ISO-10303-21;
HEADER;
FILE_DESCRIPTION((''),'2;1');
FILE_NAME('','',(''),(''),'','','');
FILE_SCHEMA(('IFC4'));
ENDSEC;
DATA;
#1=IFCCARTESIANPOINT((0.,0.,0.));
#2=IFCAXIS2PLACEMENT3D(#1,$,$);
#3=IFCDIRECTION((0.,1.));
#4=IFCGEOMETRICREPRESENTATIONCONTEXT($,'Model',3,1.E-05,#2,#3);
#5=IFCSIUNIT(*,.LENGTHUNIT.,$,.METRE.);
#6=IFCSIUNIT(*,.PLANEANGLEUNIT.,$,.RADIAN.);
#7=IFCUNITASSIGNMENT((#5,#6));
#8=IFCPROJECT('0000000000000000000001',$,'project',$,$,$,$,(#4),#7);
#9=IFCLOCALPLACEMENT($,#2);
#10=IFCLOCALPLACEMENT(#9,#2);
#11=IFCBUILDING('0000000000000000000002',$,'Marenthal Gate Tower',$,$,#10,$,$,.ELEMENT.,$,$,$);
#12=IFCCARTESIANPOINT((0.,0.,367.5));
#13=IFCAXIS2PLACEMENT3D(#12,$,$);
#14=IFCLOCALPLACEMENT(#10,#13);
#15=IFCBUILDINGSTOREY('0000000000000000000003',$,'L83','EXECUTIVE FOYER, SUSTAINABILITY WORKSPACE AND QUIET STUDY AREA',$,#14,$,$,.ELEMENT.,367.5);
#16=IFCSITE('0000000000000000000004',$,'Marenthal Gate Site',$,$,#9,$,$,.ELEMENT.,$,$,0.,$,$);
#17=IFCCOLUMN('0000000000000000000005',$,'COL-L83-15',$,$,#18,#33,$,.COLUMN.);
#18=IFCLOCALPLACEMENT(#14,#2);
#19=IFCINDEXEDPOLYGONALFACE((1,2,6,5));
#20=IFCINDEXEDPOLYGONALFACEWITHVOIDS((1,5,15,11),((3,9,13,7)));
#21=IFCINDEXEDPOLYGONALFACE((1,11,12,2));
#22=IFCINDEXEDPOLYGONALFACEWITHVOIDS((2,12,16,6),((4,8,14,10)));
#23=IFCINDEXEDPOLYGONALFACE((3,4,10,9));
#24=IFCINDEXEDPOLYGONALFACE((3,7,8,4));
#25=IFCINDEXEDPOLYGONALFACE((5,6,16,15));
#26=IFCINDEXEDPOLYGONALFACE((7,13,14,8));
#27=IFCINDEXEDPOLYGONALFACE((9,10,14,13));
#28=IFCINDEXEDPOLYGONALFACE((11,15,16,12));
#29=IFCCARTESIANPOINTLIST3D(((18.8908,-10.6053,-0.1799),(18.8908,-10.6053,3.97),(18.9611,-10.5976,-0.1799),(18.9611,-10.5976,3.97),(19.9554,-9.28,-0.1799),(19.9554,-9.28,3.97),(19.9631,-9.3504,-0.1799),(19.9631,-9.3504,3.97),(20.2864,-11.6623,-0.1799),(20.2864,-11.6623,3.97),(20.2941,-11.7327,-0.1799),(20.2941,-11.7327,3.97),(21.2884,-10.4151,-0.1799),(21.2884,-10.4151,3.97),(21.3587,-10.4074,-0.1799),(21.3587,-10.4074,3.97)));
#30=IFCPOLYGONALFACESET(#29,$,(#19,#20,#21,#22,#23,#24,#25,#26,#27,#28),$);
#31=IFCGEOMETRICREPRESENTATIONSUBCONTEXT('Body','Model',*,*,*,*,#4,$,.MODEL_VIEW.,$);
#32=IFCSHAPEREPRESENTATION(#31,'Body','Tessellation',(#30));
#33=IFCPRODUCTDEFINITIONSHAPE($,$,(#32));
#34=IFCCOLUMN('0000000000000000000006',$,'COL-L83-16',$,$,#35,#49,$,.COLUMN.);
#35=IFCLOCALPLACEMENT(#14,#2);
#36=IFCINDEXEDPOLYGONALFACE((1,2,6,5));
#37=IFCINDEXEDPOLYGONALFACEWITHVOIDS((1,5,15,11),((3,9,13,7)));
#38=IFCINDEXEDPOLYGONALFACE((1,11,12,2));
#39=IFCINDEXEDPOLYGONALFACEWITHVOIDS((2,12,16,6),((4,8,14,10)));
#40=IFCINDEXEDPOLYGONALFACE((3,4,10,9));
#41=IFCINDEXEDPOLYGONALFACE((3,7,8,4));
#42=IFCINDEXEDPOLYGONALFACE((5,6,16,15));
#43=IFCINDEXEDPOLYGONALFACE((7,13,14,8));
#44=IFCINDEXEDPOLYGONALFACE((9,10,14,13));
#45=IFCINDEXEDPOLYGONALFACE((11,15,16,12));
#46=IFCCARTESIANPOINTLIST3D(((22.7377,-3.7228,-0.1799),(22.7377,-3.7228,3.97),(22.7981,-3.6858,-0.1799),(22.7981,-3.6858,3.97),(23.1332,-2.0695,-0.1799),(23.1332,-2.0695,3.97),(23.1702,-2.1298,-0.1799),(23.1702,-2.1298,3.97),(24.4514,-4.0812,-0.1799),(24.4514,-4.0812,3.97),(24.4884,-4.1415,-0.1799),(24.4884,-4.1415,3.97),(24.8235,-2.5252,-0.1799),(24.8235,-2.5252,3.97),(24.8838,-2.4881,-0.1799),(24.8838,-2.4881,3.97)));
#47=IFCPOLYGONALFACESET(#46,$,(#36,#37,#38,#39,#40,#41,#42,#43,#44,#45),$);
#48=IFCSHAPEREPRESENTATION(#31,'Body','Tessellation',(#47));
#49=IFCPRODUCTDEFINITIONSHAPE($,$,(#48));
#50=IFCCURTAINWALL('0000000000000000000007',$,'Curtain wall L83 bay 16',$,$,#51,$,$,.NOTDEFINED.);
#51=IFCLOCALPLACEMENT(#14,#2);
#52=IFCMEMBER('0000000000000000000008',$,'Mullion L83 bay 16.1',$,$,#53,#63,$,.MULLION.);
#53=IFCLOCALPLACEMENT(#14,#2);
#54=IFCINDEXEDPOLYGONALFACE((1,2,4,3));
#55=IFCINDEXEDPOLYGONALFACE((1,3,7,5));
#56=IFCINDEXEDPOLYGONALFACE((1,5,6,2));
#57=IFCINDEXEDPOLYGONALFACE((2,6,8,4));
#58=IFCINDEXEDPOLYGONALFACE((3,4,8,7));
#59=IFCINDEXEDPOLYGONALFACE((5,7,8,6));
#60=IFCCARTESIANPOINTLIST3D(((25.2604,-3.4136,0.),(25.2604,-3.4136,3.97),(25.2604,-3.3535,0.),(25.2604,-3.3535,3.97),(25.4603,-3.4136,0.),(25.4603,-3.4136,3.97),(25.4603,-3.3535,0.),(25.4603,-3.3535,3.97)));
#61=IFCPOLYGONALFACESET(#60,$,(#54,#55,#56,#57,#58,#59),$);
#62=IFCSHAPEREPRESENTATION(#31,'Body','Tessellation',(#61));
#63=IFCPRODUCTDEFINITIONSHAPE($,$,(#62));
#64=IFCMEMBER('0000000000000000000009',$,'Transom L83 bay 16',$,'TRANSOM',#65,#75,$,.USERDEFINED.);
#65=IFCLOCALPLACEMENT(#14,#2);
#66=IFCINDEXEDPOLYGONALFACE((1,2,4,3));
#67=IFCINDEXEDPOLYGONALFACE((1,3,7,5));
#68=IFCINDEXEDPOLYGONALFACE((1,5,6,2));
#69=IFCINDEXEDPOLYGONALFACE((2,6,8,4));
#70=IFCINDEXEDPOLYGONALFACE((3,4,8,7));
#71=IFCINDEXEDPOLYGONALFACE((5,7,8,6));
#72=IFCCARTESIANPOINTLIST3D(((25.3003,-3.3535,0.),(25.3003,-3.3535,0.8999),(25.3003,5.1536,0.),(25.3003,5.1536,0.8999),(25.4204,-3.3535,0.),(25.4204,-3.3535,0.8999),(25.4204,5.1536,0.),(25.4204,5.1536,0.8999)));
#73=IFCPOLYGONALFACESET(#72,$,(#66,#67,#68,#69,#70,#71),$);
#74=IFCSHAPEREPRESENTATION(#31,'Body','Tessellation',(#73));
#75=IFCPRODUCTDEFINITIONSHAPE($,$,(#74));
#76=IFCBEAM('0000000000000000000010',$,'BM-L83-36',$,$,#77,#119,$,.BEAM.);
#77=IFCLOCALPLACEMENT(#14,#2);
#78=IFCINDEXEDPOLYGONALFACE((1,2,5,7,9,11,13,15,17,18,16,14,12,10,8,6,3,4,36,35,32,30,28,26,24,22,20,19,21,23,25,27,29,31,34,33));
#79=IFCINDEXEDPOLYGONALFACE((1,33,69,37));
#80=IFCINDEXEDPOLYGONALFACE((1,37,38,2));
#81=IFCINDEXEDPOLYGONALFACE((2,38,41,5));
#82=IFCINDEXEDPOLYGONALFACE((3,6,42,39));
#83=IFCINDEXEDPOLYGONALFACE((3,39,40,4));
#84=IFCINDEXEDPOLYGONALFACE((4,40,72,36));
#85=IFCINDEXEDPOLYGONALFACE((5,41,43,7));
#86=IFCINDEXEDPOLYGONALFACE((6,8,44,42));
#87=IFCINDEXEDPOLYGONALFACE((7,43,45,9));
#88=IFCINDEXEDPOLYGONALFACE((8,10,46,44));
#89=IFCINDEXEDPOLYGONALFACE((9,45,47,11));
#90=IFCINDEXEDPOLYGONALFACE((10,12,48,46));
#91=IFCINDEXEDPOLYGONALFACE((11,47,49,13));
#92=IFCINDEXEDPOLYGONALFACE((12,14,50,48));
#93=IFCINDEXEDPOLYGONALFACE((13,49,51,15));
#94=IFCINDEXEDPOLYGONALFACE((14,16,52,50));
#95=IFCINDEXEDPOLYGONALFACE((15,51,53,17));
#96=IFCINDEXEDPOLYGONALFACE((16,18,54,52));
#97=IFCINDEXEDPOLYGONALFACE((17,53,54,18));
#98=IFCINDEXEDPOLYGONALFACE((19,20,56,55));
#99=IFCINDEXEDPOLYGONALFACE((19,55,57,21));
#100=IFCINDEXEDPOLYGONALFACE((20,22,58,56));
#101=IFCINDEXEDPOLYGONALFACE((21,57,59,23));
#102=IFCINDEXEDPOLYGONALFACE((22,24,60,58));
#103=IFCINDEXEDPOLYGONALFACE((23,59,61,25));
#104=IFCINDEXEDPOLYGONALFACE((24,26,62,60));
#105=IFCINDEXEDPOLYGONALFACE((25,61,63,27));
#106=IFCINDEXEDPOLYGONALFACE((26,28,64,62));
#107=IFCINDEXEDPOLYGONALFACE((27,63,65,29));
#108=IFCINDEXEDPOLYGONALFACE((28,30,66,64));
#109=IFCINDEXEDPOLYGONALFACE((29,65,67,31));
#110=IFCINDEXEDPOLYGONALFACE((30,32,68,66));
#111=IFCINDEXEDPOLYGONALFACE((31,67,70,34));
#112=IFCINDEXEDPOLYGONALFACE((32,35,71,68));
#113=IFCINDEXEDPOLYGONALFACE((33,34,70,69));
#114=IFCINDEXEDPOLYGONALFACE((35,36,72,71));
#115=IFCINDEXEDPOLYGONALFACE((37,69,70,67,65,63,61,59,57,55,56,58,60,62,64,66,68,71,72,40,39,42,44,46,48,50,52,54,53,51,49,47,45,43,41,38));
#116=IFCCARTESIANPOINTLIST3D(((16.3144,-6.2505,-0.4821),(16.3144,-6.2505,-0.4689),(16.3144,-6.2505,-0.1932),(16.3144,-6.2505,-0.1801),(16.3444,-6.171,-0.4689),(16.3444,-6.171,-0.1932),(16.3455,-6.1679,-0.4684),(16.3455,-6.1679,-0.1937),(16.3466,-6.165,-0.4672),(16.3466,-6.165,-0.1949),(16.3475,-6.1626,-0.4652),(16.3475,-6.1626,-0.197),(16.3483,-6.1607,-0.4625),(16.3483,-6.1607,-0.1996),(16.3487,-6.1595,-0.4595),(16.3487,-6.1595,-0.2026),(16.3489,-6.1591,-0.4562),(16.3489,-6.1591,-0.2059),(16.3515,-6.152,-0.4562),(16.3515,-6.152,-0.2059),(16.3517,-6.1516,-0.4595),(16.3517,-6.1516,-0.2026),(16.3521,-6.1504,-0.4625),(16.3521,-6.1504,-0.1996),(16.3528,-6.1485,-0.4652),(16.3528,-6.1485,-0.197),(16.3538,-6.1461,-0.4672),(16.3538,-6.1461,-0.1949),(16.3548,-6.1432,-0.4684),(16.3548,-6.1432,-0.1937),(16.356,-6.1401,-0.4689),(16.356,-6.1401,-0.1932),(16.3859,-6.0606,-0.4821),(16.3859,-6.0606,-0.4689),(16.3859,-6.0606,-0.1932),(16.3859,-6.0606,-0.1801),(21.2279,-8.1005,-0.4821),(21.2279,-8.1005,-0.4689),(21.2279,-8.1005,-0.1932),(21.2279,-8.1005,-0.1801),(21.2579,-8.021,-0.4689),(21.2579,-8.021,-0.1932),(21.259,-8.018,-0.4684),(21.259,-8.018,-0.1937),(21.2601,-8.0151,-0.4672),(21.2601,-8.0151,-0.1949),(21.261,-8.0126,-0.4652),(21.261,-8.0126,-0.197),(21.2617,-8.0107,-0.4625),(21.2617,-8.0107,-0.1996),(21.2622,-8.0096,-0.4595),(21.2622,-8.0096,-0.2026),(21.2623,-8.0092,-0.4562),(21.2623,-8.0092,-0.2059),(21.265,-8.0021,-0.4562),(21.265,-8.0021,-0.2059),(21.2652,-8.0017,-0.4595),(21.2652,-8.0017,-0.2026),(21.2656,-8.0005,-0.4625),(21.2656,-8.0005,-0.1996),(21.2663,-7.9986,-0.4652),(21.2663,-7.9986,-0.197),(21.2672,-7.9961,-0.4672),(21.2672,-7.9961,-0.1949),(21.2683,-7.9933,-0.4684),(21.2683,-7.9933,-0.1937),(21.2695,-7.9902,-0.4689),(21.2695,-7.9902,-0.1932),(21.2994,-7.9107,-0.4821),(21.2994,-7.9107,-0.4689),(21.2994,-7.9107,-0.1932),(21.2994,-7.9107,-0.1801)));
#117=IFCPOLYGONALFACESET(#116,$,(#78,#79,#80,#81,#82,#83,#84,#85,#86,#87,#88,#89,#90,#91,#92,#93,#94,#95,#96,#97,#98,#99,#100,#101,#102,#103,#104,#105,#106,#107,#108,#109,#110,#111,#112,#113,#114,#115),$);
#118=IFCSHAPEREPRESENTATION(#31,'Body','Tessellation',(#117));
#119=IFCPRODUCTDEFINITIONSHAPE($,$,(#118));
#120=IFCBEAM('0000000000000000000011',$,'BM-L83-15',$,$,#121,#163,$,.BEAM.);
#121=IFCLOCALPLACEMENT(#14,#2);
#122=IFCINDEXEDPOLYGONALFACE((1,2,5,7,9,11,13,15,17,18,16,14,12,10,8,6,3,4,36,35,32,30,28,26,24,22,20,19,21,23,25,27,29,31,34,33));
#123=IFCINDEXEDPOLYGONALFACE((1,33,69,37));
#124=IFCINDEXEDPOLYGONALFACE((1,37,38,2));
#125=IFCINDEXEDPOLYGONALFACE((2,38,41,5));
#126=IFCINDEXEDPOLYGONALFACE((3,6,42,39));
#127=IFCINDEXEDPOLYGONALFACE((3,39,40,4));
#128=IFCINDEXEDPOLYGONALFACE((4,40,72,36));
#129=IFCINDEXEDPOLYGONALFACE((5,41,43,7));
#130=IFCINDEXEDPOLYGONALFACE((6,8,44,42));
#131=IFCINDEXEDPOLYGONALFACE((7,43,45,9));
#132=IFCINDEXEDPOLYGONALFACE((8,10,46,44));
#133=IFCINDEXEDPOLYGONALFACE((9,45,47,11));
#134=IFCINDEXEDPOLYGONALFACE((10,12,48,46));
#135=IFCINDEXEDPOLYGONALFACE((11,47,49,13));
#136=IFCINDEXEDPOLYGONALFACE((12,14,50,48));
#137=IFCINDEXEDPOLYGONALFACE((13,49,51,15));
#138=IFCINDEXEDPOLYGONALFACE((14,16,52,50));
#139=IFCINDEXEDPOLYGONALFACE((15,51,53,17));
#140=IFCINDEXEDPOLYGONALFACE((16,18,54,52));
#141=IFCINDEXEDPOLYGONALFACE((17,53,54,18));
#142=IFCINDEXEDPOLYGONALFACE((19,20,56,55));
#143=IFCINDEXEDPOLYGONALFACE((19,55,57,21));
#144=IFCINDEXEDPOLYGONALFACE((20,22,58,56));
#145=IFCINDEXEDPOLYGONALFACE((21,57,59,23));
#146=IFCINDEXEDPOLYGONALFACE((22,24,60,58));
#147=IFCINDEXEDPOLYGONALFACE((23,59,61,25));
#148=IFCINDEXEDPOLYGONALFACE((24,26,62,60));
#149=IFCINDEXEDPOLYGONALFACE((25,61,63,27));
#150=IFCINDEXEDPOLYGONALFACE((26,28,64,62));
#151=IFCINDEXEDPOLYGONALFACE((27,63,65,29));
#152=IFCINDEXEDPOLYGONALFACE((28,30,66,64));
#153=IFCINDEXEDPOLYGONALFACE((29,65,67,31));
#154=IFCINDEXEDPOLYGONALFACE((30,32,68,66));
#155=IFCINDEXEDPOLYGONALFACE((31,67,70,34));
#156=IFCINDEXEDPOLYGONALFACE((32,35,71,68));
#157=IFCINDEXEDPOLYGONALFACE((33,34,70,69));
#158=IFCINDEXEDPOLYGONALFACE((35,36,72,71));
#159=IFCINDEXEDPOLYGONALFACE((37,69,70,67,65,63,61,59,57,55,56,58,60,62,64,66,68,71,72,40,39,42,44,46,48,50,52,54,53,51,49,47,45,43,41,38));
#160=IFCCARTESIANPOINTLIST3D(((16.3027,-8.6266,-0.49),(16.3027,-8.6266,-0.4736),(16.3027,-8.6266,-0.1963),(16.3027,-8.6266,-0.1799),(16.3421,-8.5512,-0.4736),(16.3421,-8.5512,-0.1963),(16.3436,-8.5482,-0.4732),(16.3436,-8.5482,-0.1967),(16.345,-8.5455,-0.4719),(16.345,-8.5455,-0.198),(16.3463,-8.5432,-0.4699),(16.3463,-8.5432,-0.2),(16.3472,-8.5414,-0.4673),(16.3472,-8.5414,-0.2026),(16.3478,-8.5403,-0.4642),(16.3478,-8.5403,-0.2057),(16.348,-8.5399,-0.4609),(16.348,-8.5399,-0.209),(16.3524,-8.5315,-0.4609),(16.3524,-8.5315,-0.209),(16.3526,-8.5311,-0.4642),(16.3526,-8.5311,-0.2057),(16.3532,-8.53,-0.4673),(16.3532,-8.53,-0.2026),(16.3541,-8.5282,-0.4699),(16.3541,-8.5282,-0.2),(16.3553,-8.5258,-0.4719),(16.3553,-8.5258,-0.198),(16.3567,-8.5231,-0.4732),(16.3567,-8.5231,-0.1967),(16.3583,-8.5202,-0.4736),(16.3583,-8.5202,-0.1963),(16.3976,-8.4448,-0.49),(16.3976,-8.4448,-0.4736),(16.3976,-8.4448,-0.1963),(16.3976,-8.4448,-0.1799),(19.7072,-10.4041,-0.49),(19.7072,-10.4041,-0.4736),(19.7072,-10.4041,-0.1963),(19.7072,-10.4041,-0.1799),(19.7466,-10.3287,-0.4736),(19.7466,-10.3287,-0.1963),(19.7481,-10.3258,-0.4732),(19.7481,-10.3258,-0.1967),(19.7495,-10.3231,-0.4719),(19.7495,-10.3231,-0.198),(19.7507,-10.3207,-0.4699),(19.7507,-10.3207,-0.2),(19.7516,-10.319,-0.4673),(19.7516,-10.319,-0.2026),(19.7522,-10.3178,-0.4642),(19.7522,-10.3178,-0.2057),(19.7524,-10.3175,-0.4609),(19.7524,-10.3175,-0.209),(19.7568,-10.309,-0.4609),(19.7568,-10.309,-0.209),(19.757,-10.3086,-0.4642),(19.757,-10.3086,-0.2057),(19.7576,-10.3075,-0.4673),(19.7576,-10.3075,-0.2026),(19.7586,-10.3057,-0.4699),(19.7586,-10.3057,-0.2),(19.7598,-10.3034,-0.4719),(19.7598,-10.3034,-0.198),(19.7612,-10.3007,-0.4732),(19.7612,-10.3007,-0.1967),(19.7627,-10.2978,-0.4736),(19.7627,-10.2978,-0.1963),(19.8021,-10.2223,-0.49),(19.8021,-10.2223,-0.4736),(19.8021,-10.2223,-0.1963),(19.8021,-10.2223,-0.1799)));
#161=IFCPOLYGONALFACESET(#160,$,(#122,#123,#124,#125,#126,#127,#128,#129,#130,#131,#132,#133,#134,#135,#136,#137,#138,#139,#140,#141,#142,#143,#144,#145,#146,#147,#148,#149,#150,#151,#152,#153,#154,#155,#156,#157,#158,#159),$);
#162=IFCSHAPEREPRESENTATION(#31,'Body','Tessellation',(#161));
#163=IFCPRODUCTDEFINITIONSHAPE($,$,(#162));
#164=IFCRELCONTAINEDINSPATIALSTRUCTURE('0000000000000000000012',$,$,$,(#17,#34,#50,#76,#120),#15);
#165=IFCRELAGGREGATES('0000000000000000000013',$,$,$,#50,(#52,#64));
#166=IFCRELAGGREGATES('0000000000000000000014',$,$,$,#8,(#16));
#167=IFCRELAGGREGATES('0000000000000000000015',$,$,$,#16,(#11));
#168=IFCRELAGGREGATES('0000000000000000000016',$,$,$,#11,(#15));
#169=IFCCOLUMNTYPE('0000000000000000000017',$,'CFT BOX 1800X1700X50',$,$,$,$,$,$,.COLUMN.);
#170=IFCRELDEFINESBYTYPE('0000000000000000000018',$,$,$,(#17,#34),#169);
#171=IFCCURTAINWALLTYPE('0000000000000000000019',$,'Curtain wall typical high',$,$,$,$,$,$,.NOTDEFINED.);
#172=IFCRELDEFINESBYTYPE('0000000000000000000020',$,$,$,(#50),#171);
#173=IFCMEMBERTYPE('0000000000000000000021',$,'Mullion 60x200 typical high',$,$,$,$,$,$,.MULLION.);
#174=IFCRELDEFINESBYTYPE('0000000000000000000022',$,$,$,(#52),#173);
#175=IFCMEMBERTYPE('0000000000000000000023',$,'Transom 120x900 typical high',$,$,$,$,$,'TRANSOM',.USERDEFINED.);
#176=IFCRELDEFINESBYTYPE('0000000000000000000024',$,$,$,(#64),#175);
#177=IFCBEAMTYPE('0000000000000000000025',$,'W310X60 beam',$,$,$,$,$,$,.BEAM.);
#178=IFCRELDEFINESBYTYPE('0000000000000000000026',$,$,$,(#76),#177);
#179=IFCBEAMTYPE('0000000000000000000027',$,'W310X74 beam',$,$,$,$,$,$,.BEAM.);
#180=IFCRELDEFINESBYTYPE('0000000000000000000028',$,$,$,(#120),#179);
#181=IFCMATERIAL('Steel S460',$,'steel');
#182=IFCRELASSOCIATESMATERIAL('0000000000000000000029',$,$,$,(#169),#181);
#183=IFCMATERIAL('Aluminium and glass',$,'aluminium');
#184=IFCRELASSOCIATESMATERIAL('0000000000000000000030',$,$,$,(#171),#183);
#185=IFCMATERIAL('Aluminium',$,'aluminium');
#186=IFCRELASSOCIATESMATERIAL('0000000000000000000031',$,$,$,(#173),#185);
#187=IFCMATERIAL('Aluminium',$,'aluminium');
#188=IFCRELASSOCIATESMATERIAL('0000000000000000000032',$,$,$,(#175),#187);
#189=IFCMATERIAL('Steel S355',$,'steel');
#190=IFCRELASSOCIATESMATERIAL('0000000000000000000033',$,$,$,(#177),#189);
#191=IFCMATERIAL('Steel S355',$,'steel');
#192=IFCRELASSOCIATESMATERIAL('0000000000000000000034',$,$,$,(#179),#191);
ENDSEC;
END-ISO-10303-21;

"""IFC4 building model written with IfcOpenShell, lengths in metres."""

from ifc_helpers import new_model, si_unit, direction, frame, origin, origin_2d, place, context, subcontext, project, spatial, rectangle, hollow_rectangle, i_section, extrude, material, material_profile, profile_set, type_object, element, aggregate, save


model = new_model("IFC4")

# Units and contexts
model_context = context("Model", 3, precision=1e-05, world=origin(), true_north=direction((0.0, 1.0)))
body_context = subcontext(model_context, "Body", "Model", "MODEL_VIEW")
ifc_project = project(units=[si_unit("LENGTHUNIT", "METRE"), si_unit("PLANEANGLEUNIT", "RADIAN")], contexts=[model_context])

# Site, building, storey
site_placement = place(None, origin())
site = spatial("IfcSite", under=ifc_project, at=site_placement, Name="Marenthal Gate Site", CompositionType="ELEMENT", RefElevation=0.0)
building_placement = place(site_placement, origin())
building = spatial("IfcBuilding", under=site, at=building_placement, Name="Marenthal Gate Tower", CompositionType="ELEMENT")
storey_placement = place(building_placement, frame((0.0, 0.0, 367.5)))
storey = spatial("IfcBuildingStorey", under=building, at=storey_placement, Name="L83", Description="EXECUTIVE FOYER, SUSTAINABILITY WORKSPACE AND QUIET STUDY AREA", CompositionType="ELEMENT", Elevation=367.5)

# Columns
ifc_material_1 = material(Name="Steel S460", Category="steel")
ifc_material_profile_1 = material_profile(ifc_material_1, hollow_rectangle(XDim=1.7, YDim=1.8, WallThickness=0.05, at=origin_2d()), Name="CFT BOX 1800X1700X50")
ifc_material_2 = material(Name="Concrete 70 MPa", Category="concrete")
ifc_material_profile_2 = material_profile(ifc_material_2, rectangle(XDim=1.6001, YDim=1.7, at=origin_2d()), Name="CFT BOX 1800X1700X50 INFILL")
ifc_profile_set_1 = profile_set([ifc_material_profile_1, ifc_material_profile_2], Name="Steel S460 shell, Concrete 70 MPa infill")
column_type = type_object("IfcColumnType", Name="CFT BOX 1800X1700X50", PredefinedType="COLUMN", material=ifc_profile_set_1)
for number, where, z_axis, x_axis, name in (
    (1, (20.1248, -10.5063, -0.1799), (0.0, 0.0, 1.0), (-0.626296, -0.779585, 0.0), "COL-L83-15"),
    (2, (23.8108, -3.1055, -0.1799), (0.0, 0.0, 1.0), (-0.232598, -0.972573, 0.0), "COL-L83-16"),
):
    element("IfcColumn", number, at=place(storey_placement, frame(where, z_axis=z_axis, x_axis=x_axis)), inside=storey, type_object=column_type, Name=name, PredefinedType="COLUMN", context=body_context, shape_type="SweptSolid", body=[
        extrude(hollow_rectangle(XDim=1.7, YDim=1.8, WallThickness=0.05, at=origin_2d()), origin(), (0.0, 0.0, 1.0), 4.1499),
    ])

# Curtain wall, members
ifc_material_3 = material(Name="Aluminium and glass", Category="aluminium")
curtain_wall_type = type_object("IfcCurtainWallType", Name="Curtain wall typical high", PredefinedType="NOTDEFINED", material=ifc_material_3)
curtain_wall_placement = place(storey_placement, origin())
curtain_wall = element("IfcCurtainWall", 3, at=curtain_wall_placement, inside=storey, type_object=curtain_wall_type, Name="Curtain wall L83 bay 16", PredefinedType="NOTDEFINED")
ifc_material_4 = material(Name="Aluminium", Category="aluminium")
ifc_material_profile_3 = material_profile(ifc_material_4, rectangle(XDim=0.2, YDim=0.0601, at=origin_2d()), Name="60x200 aluminium mullion")
ifc_profile_set_2 = profile_set([ifc_material_profile_3], Name="Aluminium")
member_type_1 = type_object("IfcMemberType", Name="Mullion 60x200 typical high", PredefinedType="MULLION", material=ifc_profile_set_2)
member_1_placement = place(storey_placement, frame((25.3604, -3.3835, 0.0), z_axis=(0.0, 0.0, 1.0), x_axis=(-1.0, 0.0, 0.0)))
member_1 = element("IfcMember", 4, at=member_1_placement, type_object=member_type_1, Name="Mullion L83 bay 16.1", PredefinedType="MULLION", context=body_context, shape_type="SweptSolid", body=[
    extrude(rectangle(XDim=0.2, YDim=0.0601, at=origin_2d()), origin(), (0.0, 0.0, 1.0), 3.97),
])
ifc_material_5 = material(Name="Aluminium", Category="aluminium")
ifc_material_profile_4 = material_profile(ifc_material_5, rectangle(XDim=0.1201, YDim=0.8999, at=origin_2d()), Name="120x900 aluminium transom")
ifc_profile_set_3 = profile_set([ifc_material_profile_4], Name="Aluminium")
member_type_2 = type_object("IfcMemberType", Name="Transom 120x900 typical high", ElementType="TRANSOM", PredefinedType="USERDEFINED", material=ifc_profile_set_3)
member_2_placement = place(storey_placement, frame((25.3604, -3.3535, 0.45), z_axis=(0.0, 1.0, 0.0), x_axis=(-1.0, 0.0, 0.0)))
member_2 = element("IfcMember", 5, at=member_2_placement, type_object=member_type_2, Name="Transom L83 bay 16", ObjectType="TRANSOM", PredefinedType="USERDEFINED", context=body_context, shape_type="SweptSolid", body=[
    extrude(rectangle(XDim=0.1201, YDim=0.8999, at=origin_2d()), origin(), (0.0, 0.0, 1.0), 8.5071),
])

# Beams
ifc_material_6 = material(Name="Steel S355", Category="steel")
ifc_material_profile_5 = material_profile(ifc_material_6, i_section(OverallWidth=0.2029, OverallDepth=0.302, WebThickness=0.0076, FlangeThickness=0.0132, FilletRadius=0.0127, at=origin_2d()), Name="W310X60")
ifc_profile_set_4 = profile_set([ifc_material_profile_5], Name="Steel S355")
beam_type_1 = type_object("IfcBeamType", Name="W310X60 beam", PredefinedType="BEAM", material=ifc_profile_set_4)
beam_1_placement = place(storey_placement, frame((21.2637, -8.0056, -0.3311), z_axis=(-0.935858, 0.352377, 0.0), x_axis=(-0.352377, -0.935858, 0.0)))
element("IfcBeam", 6, at=beam_1_placement, inside=storey, type_object=beam_type_1, Name="BM-L83-36", PredefinedType="BEAM", context=body_context, shape_type="SweptSolid", body=[
    extrude(i_section(OverallWidth=0.2029, OverallDepth=0.302, WebThickness=0.0076, FlangeThickness=0.0132, FilletRadius=0.0127, at=origin_2d()), origin(), (0.0, 0.0, 1.0), 5.2502),
])
ifc_material_7 = material(Name="Steel S355", Category="steel")
ifc_material_profile_6 = material_profile(ifc_material_7, i_section(OverallWidth=0.2051, OverallDepth=0.3101, WebThickness=0.0095, FlangeThickness=0.0164, FilletRadius=0.0127, at=origin_2d()), Name="W310X74")
ifc_profile_set_5 = profile_set([ifc_material_profile_6], Name="Steel S355")
beam_type_2 = type_object("IfcBeamType", Name="W310X74 beam", PredefinedType="BEAM", material=ifc_profile_set_5)
beam_2_placement = place(storey_placement, frame((19.7546, -10.3132, -0.335), z_axis=(-0.886445, 0.462833, 0.0), x_axis=(-0.462833, -0.886445, 0.0)))
element("IfcBeam", 7, at=beam_2_placement, inside=storey, type_object=beam_type_2, Name="BM-L83-15", PredefinedType="BEAM", context=body_context, shape_type="SweptSolid", body=[
    extrude(i_section(OverallWidth=0.2051, OverallDepth=0.3101, WebThickness=0.0095, FlangeThickness=0.0164, FilletRadius=0.0127, at=origin_2d()), origin(), (0.0, 0.0, 1.0), 3.8406),
])

aggregate(curtain_wall, [member_1, member_2])

save(model, "model.ifc")
